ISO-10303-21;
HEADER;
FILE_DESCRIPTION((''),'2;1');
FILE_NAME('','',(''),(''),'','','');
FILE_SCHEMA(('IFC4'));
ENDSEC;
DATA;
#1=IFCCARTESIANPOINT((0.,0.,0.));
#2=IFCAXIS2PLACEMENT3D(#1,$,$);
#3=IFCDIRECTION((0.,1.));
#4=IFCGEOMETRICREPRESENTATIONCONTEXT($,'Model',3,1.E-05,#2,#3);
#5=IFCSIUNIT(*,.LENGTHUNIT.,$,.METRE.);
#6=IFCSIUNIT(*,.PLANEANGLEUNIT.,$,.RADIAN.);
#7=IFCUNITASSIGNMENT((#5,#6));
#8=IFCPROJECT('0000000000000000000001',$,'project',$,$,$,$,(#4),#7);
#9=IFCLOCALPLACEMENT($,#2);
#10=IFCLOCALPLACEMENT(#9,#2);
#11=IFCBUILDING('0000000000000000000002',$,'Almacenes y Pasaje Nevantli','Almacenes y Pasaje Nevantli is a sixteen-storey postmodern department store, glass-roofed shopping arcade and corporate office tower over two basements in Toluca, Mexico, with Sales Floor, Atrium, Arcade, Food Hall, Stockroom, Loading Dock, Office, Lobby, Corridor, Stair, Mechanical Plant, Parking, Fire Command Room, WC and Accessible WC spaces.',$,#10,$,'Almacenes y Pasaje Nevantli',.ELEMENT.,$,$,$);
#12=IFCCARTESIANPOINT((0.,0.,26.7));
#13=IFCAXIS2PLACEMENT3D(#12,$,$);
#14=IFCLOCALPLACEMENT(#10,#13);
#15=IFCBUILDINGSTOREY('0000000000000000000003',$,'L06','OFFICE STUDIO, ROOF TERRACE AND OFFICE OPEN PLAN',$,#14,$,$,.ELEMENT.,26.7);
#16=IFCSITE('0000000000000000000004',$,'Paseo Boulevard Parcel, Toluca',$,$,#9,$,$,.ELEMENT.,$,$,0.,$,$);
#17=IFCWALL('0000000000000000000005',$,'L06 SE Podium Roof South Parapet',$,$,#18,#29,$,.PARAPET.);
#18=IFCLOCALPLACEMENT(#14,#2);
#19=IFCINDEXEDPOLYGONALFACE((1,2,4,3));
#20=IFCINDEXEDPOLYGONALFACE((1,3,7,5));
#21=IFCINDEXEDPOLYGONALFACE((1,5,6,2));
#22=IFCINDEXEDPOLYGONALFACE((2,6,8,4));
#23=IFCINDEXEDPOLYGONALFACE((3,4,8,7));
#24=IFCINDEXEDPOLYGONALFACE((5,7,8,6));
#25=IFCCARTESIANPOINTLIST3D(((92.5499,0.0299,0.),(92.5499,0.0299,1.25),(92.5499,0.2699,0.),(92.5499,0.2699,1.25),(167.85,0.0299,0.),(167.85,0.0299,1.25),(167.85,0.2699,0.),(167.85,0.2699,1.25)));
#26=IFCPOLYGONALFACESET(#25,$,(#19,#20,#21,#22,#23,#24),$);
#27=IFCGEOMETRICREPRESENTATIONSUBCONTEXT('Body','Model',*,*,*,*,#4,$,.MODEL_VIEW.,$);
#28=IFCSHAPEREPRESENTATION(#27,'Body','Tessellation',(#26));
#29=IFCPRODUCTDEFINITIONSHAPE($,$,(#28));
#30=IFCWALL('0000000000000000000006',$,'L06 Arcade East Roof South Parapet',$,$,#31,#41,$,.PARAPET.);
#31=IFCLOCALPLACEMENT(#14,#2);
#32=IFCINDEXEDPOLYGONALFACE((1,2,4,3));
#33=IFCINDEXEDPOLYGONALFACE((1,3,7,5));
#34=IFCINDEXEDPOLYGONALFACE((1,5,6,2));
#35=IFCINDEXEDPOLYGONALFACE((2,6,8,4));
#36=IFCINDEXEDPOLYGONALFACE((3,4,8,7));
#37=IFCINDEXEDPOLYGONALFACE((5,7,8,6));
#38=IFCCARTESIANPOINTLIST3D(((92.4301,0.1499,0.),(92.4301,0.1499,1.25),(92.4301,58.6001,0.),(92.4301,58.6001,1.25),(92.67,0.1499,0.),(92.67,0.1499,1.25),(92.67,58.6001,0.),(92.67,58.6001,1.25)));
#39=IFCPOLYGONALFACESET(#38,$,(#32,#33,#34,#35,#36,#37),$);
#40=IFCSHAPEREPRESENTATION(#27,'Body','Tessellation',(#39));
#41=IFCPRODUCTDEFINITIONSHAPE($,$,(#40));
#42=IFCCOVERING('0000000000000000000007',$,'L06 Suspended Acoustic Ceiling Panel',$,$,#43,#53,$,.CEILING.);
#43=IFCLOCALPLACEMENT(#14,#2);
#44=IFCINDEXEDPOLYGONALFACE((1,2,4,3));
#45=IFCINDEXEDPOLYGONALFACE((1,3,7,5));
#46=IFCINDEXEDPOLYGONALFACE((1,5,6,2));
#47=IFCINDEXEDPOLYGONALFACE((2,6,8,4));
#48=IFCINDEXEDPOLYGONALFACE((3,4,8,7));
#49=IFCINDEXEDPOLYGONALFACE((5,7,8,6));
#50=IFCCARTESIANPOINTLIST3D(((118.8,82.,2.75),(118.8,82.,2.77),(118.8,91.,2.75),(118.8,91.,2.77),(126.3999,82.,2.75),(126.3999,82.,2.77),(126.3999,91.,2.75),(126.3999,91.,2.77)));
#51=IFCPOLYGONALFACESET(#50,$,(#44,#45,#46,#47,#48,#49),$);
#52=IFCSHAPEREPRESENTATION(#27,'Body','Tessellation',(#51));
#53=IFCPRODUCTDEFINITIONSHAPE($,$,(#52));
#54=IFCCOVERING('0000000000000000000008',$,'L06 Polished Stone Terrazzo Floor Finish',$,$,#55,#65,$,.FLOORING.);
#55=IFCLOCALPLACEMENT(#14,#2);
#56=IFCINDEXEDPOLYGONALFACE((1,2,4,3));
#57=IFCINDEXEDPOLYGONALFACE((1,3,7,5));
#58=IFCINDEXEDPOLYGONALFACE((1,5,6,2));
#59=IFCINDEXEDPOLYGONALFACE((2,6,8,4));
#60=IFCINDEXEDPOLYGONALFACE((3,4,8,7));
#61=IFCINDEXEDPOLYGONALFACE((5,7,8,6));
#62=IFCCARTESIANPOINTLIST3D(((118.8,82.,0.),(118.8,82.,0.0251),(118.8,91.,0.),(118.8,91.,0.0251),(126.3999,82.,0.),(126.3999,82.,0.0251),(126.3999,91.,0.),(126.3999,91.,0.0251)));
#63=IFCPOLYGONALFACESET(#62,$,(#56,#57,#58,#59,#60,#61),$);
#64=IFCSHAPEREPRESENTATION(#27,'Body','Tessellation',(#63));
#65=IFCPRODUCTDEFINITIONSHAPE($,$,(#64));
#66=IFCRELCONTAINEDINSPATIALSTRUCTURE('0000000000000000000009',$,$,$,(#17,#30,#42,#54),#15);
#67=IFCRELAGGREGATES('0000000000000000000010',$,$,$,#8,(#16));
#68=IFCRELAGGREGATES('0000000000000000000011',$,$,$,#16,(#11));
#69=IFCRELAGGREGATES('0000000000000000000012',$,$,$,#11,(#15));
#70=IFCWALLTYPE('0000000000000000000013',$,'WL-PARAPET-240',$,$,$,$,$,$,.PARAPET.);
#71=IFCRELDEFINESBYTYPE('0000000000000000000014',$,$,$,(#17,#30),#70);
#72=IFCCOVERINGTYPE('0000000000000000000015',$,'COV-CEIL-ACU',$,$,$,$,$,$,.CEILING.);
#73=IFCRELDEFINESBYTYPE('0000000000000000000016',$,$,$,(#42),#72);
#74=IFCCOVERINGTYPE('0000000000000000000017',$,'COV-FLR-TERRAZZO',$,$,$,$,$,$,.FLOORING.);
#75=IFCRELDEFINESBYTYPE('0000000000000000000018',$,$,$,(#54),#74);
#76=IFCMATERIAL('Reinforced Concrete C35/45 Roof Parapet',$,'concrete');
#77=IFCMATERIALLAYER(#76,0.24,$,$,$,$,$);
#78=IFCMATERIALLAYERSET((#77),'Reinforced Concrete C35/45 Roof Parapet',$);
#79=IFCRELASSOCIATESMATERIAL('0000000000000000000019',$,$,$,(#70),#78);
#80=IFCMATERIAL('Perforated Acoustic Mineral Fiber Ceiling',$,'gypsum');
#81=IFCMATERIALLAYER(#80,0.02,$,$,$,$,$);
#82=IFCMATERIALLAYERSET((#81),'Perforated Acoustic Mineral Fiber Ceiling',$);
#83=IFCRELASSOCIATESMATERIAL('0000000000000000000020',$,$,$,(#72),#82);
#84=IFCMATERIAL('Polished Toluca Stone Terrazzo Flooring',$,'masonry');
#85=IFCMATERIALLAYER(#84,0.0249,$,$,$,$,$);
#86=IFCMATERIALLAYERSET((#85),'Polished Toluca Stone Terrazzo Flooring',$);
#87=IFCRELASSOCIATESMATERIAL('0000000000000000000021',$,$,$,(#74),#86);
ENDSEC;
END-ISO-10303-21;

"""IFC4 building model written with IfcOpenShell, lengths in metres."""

from ifc_helpers import new_model, si_unit, direction, frame, frame_2d, origin, place, context, subcontext, project, spatial, polyline, rectangle, outline, extrude, material, layer, layer_set, type_object, element, save


model = new_model("IFC4")

# Units and contexts
model_context = context("Model", 3, precision=1e-05, world=origin(), true_north=direction((0.0, 1.0)))
body_context = subcontext(model_context, "Body", "Model", "MODEL_VIEW")
ifc_project = project(units=[si_unit("LENGTHUNIT", "METRE"), si_unit("PLANEANGLEUNIT", "RADIAN")], contexts=[model_context])

# Site, building, storey
site_placement = place(None, origin())
site = spatial("IfcSite", under=ifc_project, at=site_placement, Name="Paseo Boulevard Parcel, Toluca", CompositionType="ELEMENT", RefElevation=0.0)
building_placement = place(site_placement, origin())
building = spatial("IfcBuilding", under=site, at=building_placement, Name="Almacenes y Pasaje Nevantli", Description="Almacenes y Pasaje Nevantli is a sixteen-storey postmodern department store, glass-roofed shopping arcade and corporate office tower over two basements in Toluca, Mexico, with Sales Floor, Atrium, Arcade, Food Hall, Stockroom, Loading Dock, Office, Lobby, Corridor, Stair, Mechanical Plant, Parking, Fire Command Room, WC and Accessible WC spaces.", LongName="Almacenes y Pasaje Nevantli", CompositionType="ELEMENT")
storey_placement = place(building_placement, frame((0.0, 0.0, 26.7)))
storey = spatial("IfcBuildingStorey", under=building, at=storey_placement, Name="L06", Description="OFFICE STUDIO, ROOF TERRACE AND OFFICE OPEN PLAN", CompositionType="ELEMENT", Elevation=26.7)

# Walls
ifc_material_1 = material(Name="Reinforced Concrete C35/45 Roof Parapet", Category="concrete")
ifc_layer_1 = layer(ifc_material_1, 0.24)
ifc_layer_set_1 = layer_set([ifc_layer_1], Name="Reinforced Concrete C35/45 Roof Parapet")
wall_type = type_object("IfcWallType", Name="WL-PARAPET-240", PredefinedType="PARAPET", material=ifc_layer_set_1)
wall_1_placement = place(storey_placement, frame((92.55, 0.1499, 0.0), z_axis=(0.0, 0.0, 1.0), x_axis=(1.0, 0.0, 0.0)))
element("IfcWall", 1, at=wall_1_placement, inside=storey, type_object=wall_type, Name="L06 SE Podium Roof South Parapet", PredefinedType="PARAPET", context=body_context, shape_type="SweptSolid", body=[
    extrude(rectangle(XDim=75.3, YDim=0.24, at=frame_2d((37.6499, 0.0))), origin(), (0.0, 0.0, 1.0), 1.25),
])
wall_2_placement = place(storey_placement, frame((92.55, 0.1499, 0.0), z_axis=(0.0, 0.0, 1.0), x_axis=(0.0, 1.0, 0.0)))
element("IfcWall", 2, at=wall_2_placement, inside=storey, type_object=wall_type, Name="L06 Arcade East Roof South Parapet", PredefinedType="PARAPET", context=body_context, shape_type="SweptSolid", body=[
    extrude(rectangle(XDim=58.4502, YDim=0.24, at=frame_2d((29.2251, 0.0))), origin(), (0.0, 0.0, 1.0), 1.25),
])

# Coverings
ifc_material_2 = material(Name="Perforated Acoustic Mineral Fiber Ceiling", Category="gypsum")
ifc_layer_2 = layer(ifc_material_2, 0.02)
ifc_layer_set_2 = layer_set([ifc_layer_2], Name="Perforated Acoustic Mineral Fiber Ceiling")
covering_type_1 = type_object("IfcCoveringType", Name="COV-CEIL-ACU", PredefinedType="CEILING", material=ifc_layer_set_2)
covering_1_placement = place(storey_placement, frame((0.0, 0.0, 2.75)))
element("IfcCovering", 3, at=covering_1_placement, inside=storey, type_object=covering_type_1, Name="L06 Suspended Acoustic Ceiling Panel", PredefinedType="CEILING", context=body_context, shape_type="SweptSolid", body=[
    extrude(outline(polyline([(118.8, 82.0), (126.3999, 82.0), (126.3999, 91.0), (118.8, 91.0), (118.8, 82.0)])), origin(), (0.0, 0.0, 1.0), 0.02),
])
ifc_material_3 = material(Name="Polished Toluca Stone Terrazzo Flooring", Category="masonry")
ifc_layer_3 = layer(ifc_material_3, 0.0249)
ifc_layer_set_3 = layer_set([ifc_layer_3], Name="Polished Toluca Stone Terrazzo Flooring")
covering_type_2 = type_object("IfcCoveringType", Name="COV-FLR-TERRAZZO", PredefinedType="FLOORING", material=ifc_layer_set_3)
covering_2_placement = place(storey_placement, origin())
element("IfcCovering", 4, at=covering_2_placement, inside=storey, type_object=covering_type_2, Name="L06 Polished Stone Terrazzo Floor Finish", PredefinedType="FLOORING", context=body_context, shape_type="SweptSolid", body=[
    extrude(outline(polyline([(118.8, 82.0), (126.3999, 82.0), (126.3999, 91.0), (118.8, 91.0), (118.8, 82.0)])), origin(), (0.0, 0.0, 1.0), 0.0251),
])

save(model, "model.ifc")
